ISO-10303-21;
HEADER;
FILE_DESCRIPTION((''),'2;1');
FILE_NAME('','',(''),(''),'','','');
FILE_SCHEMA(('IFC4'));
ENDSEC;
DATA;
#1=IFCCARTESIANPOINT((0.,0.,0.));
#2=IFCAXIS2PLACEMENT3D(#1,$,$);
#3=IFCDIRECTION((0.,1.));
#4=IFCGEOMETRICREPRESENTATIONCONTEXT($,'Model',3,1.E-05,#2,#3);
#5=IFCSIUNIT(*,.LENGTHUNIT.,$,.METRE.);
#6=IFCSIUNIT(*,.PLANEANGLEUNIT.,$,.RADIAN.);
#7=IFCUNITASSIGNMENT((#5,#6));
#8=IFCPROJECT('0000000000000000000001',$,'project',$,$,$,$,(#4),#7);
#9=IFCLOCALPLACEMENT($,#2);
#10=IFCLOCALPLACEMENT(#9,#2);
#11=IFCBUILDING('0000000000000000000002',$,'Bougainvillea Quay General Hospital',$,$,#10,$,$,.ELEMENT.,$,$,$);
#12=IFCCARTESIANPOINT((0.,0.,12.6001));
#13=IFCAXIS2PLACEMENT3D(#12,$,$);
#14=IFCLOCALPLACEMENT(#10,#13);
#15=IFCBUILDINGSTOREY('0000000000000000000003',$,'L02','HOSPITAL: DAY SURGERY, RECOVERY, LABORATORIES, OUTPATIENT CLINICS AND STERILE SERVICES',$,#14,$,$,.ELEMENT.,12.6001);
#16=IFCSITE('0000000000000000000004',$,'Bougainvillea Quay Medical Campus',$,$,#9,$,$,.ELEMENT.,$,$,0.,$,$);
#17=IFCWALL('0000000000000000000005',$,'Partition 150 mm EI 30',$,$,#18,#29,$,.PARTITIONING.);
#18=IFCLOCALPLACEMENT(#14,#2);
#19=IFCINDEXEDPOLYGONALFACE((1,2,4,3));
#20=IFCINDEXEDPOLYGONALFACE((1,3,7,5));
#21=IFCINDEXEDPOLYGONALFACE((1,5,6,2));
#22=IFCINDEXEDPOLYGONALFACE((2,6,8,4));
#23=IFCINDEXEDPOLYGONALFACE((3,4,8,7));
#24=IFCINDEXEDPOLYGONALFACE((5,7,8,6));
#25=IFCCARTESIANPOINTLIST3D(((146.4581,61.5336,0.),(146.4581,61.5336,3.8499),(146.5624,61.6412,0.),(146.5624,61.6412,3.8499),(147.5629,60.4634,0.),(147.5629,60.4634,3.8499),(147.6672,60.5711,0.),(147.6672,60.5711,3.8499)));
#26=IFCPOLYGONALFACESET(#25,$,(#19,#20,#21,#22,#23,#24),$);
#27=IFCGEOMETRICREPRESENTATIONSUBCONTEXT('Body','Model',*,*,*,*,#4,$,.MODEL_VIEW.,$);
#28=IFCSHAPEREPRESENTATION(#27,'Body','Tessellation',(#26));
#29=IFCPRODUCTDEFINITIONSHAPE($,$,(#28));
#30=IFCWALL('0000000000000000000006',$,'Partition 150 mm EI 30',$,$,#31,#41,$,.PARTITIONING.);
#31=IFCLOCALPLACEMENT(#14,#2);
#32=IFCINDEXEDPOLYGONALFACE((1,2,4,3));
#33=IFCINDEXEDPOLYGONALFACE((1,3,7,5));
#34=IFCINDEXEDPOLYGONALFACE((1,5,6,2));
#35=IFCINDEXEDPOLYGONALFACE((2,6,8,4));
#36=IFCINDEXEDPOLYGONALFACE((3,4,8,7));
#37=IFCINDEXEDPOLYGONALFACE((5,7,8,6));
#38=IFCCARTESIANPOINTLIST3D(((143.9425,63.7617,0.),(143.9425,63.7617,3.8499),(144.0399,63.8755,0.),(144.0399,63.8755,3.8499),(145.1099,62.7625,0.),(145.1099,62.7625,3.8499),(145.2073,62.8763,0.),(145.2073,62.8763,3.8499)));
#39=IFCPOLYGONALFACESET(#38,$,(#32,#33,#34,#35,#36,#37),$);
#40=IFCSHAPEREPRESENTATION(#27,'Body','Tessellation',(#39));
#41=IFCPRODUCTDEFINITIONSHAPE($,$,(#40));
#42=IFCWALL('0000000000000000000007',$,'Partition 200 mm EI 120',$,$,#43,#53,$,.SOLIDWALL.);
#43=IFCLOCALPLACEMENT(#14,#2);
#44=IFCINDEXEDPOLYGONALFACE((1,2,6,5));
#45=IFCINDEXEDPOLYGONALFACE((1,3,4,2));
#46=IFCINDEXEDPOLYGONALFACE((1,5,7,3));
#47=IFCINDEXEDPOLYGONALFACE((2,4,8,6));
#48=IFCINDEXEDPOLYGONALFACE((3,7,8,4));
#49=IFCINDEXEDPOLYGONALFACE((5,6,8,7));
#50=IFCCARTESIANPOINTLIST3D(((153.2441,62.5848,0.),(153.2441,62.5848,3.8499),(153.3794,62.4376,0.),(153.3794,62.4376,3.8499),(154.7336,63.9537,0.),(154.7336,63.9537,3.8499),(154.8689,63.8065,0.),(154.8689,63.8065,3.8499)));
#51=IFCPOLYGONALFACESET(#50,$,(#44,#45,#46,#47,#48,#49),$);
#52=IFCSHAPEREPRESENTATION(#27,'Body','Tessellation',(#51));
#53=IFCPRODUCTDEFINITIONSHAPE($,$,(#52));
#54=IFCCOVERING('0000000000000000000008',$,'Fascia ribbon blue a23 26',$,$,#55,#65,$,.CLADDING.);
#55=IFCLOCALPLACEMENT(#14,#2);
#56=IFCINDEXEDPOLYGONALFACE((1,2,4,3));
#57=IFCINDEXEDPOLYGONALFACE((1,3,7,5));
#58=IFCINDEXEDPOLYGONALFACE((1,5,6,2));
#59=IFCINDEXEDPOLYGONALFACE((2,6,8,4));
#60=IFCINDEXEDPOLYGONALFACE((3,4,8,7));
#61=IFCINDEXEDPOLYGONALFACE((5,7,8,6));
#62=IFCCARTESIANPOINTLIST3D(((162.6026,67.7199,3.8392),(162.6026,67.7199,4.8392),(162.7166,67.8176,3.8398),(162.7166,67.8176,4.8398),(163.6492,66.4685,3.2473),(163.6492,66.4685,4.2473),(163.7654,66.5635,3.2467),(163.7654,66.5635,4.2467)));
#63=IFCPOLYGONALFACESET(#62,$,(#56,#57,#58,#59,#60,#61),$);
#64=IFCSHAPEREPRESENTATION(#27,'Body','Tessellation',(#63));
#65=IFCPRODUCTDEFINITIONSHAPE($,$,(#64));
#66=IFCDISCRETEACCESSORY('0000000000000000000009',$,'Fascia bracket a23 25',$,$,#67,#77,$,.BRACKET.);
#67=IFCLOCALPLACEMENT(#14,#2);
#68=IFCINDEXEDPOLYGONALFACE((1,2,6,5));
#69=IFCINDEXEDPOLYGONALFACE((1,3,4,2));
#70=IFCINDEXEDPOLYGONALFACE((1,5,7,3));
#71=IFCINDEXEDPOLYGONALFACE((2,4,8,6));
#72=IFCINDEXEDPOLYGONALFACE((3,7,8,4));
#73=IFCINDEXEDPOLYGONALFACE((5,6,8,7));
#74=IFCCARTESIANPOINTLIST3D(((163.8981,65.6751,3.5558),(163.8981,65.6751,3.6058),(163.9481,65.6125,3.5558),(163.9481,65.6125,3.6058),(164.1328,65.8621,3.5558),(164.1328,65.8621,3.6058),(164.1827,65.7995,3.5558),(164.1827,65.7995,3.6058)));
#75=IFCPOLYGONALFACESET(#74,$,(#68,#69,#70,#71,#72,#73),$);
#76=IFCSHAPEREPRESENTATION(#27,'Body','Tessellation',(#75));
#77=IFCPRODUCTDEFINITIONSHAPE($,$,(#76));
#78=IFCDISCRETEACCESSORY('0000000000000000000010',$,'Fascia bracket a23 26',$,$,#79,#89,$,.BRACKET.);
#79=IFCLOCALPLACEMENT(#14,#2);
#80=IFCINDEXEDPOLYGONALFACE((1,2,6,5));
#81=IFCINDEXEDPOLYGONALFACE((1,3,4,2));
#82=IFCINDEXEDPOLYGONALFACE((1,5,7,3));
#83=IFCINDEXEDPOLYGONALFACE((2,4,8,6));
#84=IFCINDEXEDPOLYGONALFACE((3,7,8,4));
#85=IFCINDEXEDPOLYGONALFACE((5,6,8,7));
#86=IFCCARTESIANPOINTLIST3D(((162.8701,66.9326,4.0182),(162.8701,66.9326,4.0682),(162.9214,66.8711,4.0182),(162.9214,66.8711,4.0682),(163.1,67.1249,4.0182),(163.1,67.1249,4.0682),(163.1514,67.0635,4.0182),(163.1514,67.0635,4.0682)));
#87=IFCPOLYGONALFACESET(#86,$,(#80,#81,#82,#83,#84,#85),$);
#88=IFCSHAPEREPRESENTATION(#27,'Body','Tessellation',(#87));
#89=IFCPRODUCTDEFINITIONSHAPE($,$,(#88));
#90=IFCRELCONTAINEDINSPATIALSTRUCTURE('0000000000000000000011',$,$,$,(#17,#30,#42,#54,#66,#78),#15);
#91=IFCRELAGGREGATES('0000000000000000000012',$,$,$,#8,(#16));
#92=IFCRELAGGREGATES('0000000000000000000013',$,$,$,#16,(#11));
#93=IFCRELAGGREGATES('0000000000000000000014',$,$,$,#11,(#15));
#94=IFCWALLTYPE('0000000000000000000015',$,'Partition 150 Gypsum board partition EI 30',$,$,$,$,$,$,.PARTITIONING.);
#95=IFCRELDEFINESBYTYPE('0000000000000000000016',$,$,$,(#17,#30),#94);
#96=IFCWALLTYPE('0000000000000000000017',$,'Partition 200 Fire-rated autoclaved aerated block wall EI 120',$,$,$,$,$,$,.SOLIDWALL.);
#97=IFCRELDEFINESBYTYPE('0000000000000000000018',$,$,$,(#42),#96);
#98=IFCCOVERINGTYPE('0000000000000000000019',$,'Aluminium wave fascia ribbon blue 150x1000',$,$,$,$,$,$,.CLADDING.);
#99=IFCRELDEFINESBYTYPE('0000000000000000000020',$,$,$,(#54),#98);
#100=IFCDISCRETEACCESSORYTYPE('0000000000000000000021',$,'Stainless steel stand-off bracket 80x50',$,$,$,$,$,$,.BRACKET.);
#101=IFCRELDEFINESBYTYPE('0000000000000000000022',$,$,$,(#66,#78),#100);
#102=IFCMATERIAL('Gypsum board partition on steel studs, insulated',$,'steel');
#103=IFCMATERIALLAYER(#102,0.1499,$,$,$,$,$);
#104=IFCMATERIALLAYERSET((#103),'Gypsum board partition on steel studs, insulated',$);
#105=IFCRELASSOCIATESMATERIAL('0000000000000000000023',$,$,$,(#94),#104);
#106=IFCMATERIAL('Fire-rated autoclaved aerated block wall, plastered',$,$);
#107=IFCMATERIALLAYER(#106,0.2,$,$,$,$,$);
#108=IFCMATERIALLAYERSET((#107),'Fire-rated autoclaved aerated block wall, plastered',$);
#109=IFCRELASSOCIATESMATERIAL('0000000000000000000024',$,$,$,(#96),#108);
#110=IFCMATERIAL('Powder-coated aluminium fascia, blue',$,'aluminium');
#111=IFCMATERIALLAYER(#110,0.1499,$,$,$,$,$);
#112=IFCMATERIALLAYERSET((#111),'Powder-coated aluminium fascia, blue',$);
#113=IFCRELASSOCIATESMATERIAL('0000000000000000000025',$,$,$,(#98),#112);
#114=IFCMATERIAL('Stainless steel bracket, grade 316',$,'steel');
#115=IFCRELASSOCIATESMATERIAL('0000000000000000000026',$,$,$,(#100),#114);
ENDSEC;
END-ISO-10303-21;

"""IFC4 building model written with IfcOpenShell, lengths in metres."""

from ifc_helpers import new_model, si_unit, direction, frame, frame_2d, origin, origin_2d, place, context, subcontext, project, spatial, polyline, rectangle, outline, extrude, material, layer, layer_set, material_profile, profile_set, type_object, element, save


model = new_model("IFC4")

# Units and contexts
model_context = context("Model", 3, precision=1e-05, world=origin(), true_north=direction((0.0, 1.0)))
body_context = subcontext(model_context, "Body", "Model", "MODEL_VIEW")
ifc_project = project(units=[si_unit("LENGTHUNIT", "METRE"), si_unit("PLANEANGLEUNIT", "RADIAN")], contexts=[model_context])

# Site, building, storey
site_placement = place(None, origin())
site = spatial("IfcSite", under=ifc_project, at=site_placement, Name="Bougainvillea Quay Medical Campus", CompositionType="ELEMENT", RefElevation=0.0)
building_placement = place(site_placement, origin())
building = spatial("IfcBuilding", under=site, at=building_placement, Name="Bougainvillea Quay General Hospital", CompositionType="ELEMENT")
storey_placement = place(building_placement, frame((0.0, 0.0, 12.6001)))
storey = spatial("IfcBuildingStorey", under=building, at=storey_placement, Name="L02", Description="HOSPITAL: DAY SURGERY, RECOVERY, LABORATORIES, OUTPATIENT CLINICS AND STERILE SERVICES", CompositionType="ELEMENT", Elevation=12.6001)

# Shared definitions
ifc_material_1 = material(Name="Gypsum board partition on steel studs, insulated", Category="steel")
ifc_layer_1 = layer(ifc_material_1, 0.1499)
ifc_layer_set_1 = layer_set([ifc_layer_1], Name="Gypsum board partition on steel studs, insulated")
wall_type_1 = type_object("IfcWallType", Name="Partition 150 Gypsum board partition EI 30", PredefinedType="PARTITIONING", material=ifc_layer_set_1)

# Walls
wall_1_placement = place(storey_placement, frame((146.5103, 61.5874, 0.0), z_axis=(0.0, 0.0, 1.0), x_axis=(0.718287, -0.695747, 0.0)))
element("IfcWall", 1, at=wall_1_placement, inside=storey, type_object=wall_type_1, Name="Partition 150 mm EI 30", PredefinedType="PARTITIONING", context=body_context, shape_type="SweptSolid", body=[
    extrude(rectangle(XDim=1.5381, YDim=0.1499, at=frame_2d((0.769, 0.0))), origin(), (0.0, 0.0, 1.0), 3.8499),
])
wall_2_placement = place(storey_placement, frame((143.9912, 63.8186, 0.0), z_axis=(0.0, 0.0, 1.0), x_axis=(0.759716, -0.650255, 0.0)))
element("IfcWall", 2, at=wall_2_placement, inside=storey, type_object=wall_type_1, Name="Partition 150 mm EI 30", PredefinedType="PARTITIONING", context=body_context, shape_type="SweptSolid", body=[
    extrude(rectangle(XDim=1.5366, YDim=0.1499, at=frame_2d((0.7683, 0.0))), origin(), (0.0, 0.0, 1.0), 3.8499),
])
ifc_material_2 = material(Name="Fire-rated autoclaved aerated block wall, plastered")
ifc_layer_2 = layer(ifc_material_2, 0.2)
ifc_layer_set_2 = layer_set([ifc_layer_2], Name="Fire-rated autoclaved aerated block wall, plastered")
wall_type_2 = type_object("IfcWallType", Name="Partition 200 Fire-rated autoclaved aerated block wall EI 120", PredefinedType="SOLIDWALL", material=ifc_layer_set_2)
wall_3_placement = place(storey_placement, frame((153.3118, 62.5112, 0.0), z_axis=(0.0, 0.0, 1.0), x_axis=(0.736287, 0.676669, 0.0)))
element("IfcWall", 3, at=wall_3_placement, inside=storey, type_object=wall_type_2, Name="Partition 200 mm EI 120", PredefinedType="SOLIDWALL", context=body_context, shape_type="SweptSolid", body=[
    extrude(rectangle(XDim=2.0229, YDim=0.2, at=frame_2d((1.0115, 0.0))), origin(), (0.0, 0.0, 1.0), 3.8499),
])

# Covering
ifc_material_3 = material(Name="Powder-coated aluminium fascia, blue", Category="aluminium")
ifc_layer_3 = layer(ifc_material_3, 0.1499)
ifc_layer_set_3 = layer_set([ifc_layer_3], Name="Powder-coated aluminium fascia, blue")
covering_type = type_object("IfcCoveringType", Name="Aluminium wave fascia ribbon blue 150x1000", PredefinedType="CLADDING", material=ifc_layer_set_3)
covering_placement = place(storey_placement, frame((163.6492, 66.4685, 3.2473), z_axis=(0.218856, -0.261573, 0.940043), x_axis=(-0.603073, 0.721099, 0.341055)))
element("IfcCovering", 4, at=covering_placement, inside=storey, type_object=covering_type, Name="Fascia ribbon blue a23 26", PredefinedType="CLADDING", context=body_context, shape_type="SweptSolid", body=[
    extrude(outline(polyline([(0.0, 0.0), (1.7355, 0.0), (1.7374, -0.1501), (-0.0019, -0.1501), (0.0, 0.0)])), origin(), (0.341055, 0.000069, 0.940043), 1.0),
])

# Discrete accessories
ifc_material_4 = material(Name="Stainless steel bracket, grade 316", Category="steel")
ifc_material_profile_1 = material_profile(ifc_material_4, rectangle(XDim=0.0801, YDim=0.05, at=origin_2d()))
ifc_profile_set_1 = profile_set([ifc_material_profile_1], Name="Stainless steel bracket, grade 316")
discrete_accessory_type = type_object("IfcDiscreteAccessoryType", Name="Stainless steel stand-off bracket 80x50", PredefinedType="BRACKET", material=ifc_profile_set_1)
discrete_accessory_1_placement = place(storey_placement, frame((163.9231, 65.6438, 3.5808), z_axis=(0.781979, 0.623305, 0.0), x_axis=(-0.623305, 0.781979, 0.0)))
element("IfcDiscreteAccessory", 5, at=discrete_accessory_1_placement, inside=storey, type_object=discrete_accessory_type, Name="Fascia bracket a23 25", PredefinedType="BRACKET", context=body_context, shape_type="SweptSolid", body=[
    extrude(rectangle(XDim=0.0801, YDim=0.05, at=origin_2d()), origin(), (0.0, 0.0, 1.0), 0.3),
])
discrete_accessory_2_placement = place(storey_placement, frame((162.8958, 66.9019, 4.0432), z_axis=(0.767019, 0.641625, 0.0), x_axis=(-0.641625, 0.767019, 0.0)))
element("IfcDiscreteAccessory", 6, at=discrete_accessory_2_placement, inside=storey, type_object=discrete_accessory_type, Name="Fascia bracket a23 26", PredefinedType="BRACKET", context=body_context, shape_type="SweptSolid", body=[
    extrude(rectangle(XDim=0.0801, YDim=0.05, at=origin_2d()), origin(), (0.0, 0.0, 1.0), 0.2998),
])

save(model, "model.ifc")
